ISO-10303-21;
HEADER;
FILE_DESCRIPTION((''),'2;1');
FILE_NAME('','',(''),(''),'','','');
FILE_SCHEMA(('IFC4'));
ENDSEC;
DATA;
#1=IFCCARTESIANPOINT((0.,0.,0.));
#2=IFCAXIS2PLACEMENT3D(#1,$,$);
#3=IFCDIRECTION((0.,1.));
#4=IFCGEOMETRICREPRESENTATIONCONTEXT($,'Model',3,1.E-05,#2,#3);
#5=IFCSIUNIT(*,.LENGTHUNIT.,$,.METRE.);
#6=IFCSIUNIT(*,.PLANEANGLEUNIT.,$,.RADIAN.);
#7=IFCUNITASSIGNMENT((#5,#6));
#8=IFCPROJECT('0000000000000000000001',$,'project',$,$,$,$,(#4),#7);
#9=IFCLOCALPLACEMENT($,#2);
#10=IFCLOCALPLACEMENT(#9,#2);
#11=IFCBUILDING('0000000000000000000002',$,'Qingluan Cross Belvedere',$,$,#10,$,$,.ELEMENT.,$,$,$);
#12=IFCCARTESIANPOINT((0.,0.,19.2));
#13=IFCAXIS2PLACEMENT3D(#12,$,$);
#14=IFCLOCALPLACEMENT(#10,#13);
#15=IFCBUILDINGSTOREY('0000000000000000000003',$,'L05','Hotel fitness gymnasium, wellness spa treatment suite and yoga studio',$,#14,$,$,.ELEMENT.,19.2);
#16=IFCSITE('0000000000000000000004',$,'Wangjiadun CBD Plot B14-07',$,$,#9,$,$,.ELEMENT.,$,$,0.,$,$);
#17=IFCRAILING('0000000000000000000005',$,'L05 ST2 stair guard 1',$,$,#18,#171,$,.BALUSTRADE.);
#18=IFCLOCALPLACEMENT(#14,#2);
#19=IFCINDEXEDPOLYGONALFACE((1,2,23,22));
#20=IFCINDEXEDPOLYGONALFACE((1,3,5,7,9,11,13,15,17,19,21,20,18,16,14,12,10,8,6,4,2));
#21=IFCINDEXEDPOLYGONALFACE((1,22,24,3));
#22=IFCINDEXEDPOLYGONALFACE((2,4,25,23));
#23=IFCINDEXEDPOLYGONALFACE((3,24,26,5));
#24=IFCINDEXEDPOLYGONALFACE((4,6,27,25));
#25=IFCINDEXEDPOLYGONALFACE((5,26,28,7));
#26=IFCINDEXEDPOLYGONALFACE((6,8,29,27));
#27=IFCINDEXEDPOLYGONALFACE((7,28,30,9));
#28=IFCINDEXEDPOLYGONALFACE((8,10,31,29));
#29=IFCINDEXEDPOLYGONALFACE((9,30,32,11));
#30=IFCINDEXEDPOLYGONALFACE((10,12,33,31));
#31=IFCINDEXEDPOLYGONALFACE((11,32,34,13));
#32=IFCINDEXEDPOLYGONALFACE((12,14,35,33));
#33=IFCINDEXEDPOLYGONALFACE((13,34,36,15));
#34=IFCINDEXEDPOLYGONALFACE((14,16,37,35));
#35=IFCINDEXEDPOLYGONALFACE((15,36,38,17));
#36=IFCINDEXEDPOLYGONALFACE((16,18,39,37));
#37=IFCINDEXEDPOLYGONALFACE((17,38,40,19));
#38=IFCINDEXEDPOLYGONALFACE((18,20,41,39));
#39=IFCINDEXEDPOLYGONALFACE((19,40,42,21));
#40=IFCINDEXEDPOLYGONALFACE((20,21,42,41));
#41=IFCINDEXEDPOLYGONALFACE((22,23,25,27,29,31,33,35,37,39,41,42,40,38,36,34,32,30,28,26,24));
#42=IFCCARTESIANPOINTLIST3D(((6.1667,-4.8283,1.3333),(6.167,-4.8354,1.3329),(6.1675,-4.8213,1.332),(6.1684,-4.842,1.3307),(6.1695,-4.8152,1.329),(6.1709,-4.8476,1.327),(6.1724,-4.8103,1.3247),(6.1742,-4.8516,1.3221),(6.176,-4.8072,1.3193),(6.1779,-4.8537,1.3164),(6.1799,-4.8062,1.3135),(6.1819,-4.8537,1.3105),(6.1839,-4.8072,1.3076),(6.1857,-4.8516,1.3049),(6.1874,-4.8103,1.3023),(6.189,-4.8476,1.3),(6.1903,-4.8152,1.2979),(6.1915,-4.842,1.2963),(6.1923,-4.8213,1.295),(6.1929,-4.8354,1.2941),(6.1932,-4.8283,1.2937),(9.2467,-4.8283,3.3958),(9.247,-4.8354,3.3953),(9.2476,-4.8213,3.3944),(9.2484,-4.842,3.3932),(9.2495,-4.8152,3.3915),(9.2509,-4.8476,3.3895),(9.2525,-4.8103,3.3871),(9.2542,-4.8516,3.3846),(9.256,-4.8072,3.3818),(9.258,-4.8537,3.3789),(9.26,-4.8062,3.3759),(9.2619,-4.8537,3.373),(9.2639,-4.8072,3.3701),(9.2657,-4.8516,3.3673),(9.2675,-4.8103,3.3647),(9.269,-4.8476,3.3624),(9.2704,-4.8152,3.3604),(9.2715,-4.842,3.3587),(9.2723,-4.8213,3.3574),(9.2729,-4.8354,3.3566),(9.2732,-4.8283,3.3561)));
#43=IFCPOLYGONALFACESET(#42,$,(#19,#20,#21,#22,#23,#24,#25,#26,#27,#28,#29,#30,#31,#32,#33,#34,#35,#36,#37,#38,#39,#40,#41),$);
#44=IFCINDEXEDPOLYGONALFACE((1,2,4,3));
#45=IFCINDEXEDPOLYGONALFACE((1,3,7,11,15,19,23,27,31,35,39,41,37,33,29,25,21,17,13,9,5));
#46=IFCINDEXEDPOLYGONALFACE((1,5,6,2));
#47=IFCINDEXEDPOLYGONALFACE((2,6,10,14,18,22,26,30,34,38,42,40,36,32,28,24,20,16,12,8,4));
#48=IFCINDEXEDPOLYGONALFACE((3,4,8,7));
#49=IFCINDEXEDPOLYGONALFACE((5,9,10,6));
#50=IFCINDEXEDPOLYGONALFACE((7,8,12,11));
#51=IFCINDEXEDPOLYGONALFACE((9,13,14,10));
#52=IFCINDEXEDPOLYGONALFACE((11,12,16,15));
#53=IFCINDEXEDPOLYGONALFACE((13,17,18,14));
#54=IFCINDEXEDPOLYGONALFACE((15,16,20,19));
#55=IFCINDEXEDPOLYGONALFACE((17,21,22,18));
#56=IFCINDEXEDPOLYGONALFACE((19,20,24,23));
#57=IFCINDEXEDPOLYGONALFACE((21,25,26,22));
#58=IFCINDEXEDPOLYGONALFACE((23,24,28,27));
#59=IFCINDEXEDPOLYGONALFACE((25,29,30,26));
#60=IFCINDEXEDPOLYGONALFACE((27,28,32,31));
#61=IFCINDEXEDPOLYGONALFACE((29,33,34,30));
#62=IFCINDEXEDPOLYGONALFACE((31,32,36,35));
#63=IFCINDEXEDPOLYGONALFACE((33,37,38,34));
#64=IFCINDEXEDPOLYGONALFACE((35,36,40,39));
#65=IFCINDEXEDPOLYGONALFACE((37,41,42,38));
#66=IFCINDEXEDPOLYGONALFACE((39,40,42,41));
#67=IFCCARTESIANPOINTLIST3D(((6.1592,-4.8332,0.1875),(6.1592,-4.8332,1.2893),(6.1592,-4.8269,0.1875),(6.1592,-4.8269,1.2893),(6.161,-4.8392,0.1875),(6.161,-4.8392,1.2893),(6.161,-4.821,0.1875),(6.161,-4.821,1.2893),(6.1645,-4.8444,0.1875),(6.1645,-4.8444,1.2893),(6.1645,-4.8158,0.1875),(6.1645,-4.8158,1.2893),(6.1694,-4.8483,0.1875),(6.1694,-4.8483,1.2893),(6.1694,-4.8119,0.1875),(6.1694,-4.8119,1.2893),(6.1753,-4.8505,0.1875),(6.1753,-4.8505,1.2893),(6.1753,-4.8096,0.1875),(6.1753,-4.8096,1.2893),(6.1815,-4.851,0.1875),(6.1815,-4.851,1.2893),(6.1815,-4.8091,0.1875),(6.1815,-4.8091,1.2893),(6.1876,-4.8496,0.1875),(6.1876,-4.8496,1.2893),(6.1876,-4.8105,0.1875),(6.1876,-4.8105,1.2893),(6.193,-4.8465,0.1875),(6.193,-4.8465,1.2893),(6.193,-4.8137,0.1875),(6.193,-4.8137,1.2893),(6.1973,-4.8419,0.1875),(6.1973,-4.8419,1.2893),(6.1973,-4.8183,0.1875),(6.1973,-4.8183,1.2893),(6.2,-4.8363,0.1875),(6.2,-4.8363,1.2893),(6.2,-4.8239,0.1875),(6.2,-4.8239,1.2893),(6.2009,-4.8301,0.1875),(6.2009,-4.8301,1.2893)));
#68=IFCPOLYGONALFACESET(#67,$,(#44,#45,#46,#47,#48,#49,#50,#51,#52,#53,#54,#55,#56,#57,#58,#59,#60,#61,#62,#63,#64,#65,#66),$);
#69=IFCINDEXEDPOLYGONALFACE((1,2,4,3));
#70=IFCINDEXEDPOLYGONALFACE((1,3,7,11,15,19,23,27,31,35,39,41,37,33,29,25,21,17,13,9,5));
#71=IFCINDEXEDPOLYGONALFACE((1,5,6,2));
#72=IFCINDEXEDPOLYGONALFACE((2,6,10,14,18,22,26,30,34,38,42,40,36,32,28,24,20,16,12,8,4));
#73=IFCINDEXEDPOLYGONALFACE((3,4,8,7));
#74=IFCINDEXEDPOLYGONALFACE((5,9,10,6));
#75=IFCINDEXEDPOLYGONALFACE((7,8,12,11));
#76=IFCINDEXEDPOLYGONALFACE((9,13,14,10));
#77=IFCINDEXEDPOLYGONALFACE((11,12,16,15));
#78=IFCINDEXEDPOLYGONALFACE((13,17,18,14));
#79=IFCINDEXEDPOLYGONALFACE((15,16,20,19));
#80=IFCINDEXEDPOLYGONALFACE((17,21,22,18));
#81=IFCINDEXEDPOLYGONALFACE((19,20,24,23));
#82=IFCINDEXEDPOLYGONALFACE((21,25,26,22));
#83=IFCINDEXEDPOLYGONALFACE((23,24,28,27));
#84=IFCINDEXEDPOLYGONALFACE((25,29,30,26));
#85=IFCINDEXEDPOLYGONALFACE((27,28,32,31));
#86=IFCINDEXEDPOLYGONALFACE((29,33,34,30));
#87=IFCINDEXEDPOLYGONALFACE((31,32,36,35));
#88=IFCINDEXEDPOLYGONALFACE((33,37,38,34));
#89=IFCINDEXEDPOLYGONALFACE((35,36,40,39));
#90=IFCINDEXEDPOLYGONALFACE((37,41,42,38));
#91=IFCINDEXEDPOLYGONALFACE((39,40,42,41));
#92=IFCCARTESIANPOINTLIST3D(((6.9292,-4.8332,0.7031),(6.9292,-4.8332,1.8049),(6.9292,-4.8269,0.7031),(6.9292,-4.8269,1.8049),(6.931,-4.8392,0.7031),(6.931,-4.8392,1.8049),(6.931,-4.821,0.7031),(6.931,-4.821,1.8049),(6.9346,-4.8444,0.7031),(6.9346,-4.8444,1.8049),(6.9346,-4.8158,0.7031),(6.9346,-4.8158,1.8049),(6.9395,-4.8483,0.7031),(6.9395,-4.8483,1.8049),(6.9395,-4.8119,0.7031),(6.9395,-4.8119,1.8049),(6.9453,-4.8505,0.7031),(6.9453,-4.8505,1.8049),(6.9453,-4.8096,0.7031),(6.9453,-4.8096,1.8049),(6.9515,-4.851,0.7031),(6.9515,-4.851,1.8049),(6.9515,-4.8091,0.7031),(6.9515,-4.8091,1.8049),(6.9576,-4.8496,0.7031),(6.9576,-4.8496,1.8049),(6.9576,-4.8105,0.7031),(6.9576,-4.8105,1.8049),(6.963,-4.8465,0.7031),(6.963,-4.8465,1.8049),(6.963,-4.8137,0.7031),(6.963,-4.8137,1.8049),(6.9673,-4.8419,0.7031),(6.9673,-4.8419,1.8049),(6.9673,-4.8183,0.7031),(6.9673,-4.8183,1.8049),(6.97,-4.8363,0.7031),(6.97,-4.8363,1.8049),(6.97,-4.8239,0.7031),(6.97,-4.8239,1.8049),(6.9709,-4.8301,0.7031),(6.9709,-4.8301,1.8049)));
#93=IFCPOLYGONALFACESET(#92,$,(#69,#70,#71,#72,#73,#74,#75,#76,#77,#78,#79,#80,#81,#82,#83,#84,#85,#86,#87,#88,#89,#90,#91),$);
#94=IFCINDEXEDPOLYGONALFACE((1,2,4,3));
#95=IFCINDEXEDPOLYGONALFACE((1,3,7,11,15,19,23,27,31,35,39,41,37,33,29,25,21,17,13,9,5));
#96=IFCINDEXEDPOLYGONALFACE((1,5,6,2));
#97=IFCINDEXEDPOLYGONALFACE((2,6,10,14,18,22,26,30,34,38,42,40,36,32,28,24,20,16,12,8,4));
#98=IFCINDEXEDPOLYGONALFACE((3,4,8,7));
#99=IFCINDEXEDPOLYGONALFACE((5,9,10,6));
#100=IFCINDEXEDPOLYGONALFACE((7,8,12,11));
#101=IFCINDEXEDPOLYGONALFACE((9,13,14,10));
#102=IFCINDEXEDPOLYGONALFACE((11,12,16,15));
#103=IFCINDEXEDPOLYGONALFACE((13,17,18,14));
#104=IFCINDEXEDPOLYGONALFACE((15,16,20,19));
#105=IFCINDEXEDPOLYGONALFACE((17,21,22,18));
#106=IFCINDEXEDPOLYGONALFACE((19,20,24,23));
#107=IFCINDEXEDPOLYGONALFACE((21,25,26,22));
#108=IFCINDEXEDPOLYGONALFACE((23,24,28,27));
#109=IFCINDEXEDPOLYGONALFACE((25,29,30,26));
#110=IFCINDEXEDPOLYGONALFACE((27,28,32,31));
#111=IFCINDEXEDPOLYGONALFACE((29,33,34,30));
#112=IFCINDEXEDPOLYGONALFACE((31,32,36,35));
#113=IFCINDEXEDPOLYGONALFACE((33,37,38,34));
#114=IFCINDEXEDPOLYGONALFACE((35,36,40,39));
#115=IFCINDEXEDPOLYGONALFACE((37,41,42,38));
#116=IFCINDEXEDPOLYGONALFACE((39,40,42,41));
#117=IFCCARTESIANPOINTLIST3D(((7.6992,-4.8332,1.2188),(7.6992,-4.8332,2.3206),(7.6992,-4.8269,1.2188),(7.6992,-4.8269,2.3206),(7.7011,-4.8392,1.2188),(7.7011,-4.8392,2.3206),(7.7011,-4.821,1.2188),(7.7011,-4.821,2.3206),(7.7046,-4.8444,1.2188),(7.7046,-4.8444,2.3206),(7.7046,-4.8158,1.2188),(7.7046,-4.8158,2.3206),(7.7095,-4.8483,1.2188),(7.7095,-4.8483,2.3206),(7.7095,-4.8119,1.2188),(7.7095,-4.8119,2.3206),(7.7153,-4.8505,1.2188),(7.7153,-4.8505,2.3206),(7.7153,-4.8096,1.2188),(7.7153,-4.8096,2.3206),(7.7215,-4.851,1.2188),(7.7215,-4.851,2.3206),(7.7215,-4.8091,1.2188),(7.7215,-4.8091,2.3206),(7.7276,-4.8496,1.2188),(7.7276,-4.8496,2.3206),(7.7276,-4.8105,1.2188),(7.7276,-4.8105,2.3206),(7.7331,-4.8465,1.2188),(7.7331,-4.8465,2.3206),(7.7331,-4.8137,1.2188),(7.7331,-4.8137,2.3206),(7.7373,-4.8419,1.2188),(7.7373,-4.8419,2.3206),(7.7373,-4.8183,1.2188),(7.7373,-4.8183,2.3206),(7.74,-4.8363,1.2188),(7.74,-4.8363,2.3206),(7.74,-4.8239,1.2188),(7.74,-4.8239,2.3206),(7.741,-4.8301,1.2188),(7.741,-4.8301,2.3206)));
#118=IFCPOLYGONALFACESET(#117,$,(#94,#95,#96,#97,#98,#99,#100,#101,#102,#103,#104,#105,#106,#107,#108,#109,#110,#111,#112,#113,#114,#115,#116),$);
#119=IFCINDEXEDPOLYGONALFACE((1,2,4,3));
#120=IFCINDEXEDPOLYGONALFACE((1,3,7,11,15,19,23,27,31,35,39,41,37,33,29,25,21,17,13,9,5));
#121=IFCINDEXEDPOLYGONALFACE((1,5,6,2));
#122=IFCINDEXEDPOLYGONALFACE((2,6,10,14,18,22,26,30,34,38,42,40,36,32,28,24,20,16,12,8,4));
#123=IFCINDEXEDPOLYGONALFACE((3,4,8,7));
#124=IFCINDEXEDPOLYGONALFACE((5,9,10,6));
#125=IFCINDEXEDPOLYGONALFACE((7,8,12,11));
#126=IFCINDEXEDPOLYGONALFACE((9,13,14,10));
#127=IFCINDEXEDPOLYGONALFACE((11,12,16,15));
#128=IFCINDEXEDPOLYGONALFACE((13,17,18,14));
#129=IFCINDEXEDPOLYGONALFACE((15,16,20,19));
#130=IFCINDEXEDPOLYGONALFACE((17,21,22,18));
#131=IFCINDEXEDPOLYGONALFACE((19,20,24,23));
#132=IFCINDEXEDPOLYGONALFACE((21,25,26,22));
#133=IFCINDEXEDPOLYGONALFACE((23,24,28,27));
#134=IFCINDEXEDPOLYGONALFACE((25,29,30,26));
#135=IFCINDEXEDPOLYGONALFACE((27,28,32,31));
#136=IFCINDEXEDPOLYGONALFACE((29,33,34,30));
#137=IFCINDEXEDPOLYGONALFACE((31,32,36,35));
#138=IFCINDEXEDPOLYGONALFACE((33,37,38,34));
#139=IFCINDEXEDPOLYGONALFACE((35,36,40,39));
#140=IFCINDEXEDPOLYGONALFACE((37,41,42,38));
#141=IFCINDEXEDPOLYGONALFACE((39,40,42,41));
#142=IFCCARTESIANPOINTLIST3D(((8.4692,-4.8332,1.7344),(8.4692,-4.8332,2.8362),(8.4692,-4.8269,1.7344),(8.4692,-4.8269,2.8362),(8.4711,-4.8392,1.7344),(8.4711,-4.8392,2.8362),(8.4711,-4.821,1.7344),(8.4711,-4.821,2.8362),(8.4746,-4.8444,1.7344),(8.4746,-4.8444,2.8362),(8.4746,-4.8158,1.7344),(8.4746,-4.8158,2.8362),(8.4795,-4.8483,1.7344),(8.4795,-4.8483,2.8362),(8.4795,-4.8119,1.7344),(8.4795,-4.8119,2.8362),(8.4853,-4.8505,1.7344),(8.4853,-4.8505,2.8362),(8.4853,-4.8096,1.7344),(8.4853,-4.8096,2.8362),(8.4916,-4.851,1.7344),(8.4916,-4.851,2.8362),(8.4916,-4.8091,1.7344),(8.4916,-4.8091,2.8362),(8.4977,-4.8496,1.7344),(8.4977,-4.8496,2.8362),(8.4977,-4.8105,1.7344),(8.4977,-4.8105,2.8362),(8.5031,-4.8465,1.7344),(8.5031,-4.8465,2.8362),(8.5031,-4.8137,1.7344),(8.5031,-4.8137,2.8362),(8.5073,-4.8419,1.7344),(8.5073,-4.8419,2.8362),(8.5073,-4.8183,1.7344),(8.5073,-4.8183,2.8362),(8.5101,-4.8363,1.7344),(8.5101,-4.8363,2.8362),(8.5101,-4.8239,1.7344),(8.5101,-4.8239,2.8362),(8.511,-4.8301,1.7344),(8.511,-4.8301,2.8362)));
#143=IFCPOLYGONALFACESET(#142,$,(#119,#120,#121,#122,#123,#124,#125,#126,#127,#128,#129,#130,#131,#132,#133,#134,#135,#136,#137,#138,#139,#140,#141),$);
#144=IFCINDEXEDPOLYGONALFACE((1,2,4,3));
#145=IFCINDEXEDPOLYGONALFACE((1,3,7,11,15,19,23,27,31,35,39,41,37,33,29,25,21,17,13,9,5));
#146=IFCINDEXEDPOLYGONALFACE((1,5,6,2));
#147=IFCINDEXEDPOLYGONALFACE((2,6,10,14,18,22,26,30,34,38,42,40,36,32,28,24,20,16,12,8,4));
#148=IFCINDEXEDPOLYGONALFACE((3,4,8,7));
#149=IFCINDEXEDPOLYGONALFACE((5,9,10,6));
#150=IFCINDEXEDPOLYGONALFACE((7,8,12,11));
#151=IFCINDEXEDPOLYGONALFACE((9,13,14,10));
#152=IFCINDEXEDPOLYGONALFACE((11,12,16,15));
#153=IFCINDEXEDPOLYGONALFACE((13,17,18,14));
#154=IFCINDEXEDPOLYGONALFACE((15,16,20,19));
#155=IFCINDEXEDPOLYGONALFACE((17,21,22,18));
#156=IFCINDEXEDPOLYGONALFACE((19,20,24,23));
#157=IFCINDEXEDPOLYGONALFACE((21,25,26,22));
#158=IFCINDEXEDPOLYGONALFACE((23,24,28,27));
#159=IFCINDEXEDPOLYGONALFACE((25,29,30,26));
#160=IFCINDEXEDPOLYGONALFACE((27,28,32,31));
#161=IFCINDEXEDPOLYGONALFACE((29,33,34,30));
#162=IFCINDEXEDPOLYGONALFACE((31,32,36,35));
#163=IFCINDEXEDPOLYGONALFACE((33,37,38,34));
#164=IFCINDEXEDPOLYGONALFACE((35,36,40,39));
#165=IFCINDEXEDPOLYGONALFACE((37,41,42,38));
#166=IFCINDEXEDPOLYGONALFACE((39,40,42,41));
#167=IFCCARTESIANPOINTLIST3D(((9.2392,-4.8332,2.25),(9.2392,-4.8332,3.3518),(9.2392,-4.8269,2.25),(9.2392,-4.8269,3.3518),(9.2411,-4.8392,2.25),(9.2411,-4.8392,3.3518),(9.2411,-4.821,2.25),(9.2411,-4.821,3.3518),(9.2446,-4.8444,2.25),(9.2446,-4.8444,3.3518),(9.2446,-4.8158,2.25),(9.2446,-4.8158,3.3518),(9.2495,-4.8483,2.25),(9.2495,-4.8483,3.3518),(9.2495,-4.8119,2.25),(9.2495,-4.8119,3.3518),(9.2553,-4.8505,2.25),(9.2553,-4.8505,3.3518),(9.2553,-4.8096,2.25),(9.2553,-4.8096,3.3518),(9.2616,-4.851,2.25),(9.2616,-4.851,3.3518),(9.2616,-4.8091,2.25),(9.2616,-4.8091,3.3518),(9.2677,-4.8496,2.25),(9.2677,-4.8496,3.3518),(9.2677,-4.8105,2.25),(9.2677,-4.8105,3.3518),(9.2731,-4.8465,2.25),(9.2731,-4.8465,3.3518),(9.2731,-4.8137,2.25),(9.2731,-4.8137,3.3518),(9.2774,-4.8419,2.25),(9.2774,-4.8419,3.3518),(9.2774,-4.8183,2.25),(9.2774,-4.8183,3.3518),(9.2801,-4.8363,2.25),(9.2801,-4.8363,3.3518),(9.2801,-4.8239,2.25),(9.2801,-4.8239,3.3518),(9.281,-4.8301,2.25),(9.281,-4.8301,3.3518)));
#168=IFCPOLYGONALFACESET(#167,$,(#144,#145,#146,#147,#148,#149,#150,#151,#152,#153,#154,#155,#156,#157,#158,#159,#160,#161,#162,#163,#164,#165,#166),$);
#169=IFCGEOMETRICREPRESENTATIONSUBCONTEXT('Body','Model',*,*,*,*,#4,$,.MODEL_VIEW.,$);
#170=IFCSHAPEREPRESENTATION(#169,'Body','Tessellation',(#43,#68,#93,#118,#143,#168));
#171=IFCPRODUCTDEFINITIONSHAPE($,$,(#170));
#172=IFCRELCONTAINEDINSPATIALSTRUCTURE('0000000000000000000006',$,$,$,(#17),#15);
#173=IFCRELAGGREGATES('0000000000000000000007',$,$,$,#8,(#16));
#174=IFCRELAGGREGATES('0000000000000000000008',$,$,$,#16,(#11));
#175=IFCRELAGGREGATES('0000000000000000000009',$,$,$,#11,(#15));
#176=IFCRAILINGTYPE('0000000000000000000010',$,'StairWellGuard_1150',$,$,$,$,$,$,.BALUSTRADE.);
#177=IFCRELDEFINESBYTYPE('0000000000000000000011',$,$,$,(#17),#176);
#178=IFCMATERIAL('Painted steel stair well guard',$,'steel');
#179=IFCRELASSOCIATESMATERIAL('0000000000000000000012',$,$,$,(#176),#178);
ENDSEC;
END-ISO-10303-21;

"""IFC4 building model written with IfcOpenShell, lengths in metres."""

from ifc_helpers import new_model, si_unit, direction, frame, origin, origin_2d, place, context, subcontext, project, spatial, circle, extrude, material, type_object, element, save


model = new_model("IFC4")

# Units and contexts
model_context = context("Model", 3, precision=1e-05, world=origin(), true_north=direction((0.0, 1.0)))
body_context = subcontext(model_context, "Body", "Model", "MODEL_VIEW")
ifc_project = project(units=[si_unit("LENGTHUNIT", "METRE"), si_unit("PLANEANGLEUNIT", "RADIAN")], contexts=[model_context])

# Site, building, storey
site_placement = place(None, origin())
site = spatial("IfcSite", under=ifc_project, at=site_placement, Name="Wangjiadun CBD Plot B14-07", CompositionType="ELEMENT", RefElevation=0.0)
building_placement = place(site_placement, origin())
building = spatial("IfcBuilding", under=site, at=building_placement, Name="Qingluan Cross Belvedere", CompositionType="ELEMENT")
storey_placement = place(building_placement, frame((0.0, 0.0, 19.2)))
storey = spatial("IfcBuildingStorey", under=building, at=storey_placement, Name="L05", Description="Hotel fitness gymnasium, wellness spa treatment suite and yoga studio", CompositionType="ELEMENT", Elevation=19.2)

# Railing
ifc_material_1 = material(Name="Painted steel stair well guard", Category="steel")
railing_type_1 = type_object("IfcRailingType", Name="StairWellGuard_1150", PredefinedType="BALUSTRADE", material=ifc_material_1)
railing_1_placement = place(storey_placement, frame((6.1799, -4.8301, 0.1875)))
element("IfcRailing", 1, at=railing_1_placement, inside=storey, type_object=railing_type_1, Name="L05 ST2 stair guard 1", PredefinedType="BALUSTRADE", context=body_context, shape_type="SweptSolid", body=[
    extrude(circle(Radius=0.0239, at=origin_2d()), frame((0.0, 0.0, 1.126), z_axis=(0.830914, 0.0, 0.556401), x_axis=(0.0, 1.0, 0.0)), (0.0, 0.0, 1.0), 3.7068),
    extrude(circle(Radius=0.021, at=origin_2d()), origin(), (0.0, 0.0, 1.0), 1.1018),
    extrude(circle(Radius=0.021, at=origin_2d()), frame((0.77, 0.0, 0.5156)), (0.0, 0.0, 1.0), 1.1018),
    extrude(circle(Radius=0.021, at=origin_2d()), frame((1.54, 0.0, 1.0312)), (0.0, 0.0, 1.0), 1.1018),
    extrude(circle(Radius=0.021, at=origin_2d()), frame((2.3101, 0.0, 1.5469)), (0.0, 0.0, 1.0), 1.1018),
    extrude(circle(Radius=0.021, at=origin_2d()), frame((3.0801, 0.0, 2.0625)), (0.0, 0.0, 1.0), 1.1018),
])

save(model, "model.ifc")
